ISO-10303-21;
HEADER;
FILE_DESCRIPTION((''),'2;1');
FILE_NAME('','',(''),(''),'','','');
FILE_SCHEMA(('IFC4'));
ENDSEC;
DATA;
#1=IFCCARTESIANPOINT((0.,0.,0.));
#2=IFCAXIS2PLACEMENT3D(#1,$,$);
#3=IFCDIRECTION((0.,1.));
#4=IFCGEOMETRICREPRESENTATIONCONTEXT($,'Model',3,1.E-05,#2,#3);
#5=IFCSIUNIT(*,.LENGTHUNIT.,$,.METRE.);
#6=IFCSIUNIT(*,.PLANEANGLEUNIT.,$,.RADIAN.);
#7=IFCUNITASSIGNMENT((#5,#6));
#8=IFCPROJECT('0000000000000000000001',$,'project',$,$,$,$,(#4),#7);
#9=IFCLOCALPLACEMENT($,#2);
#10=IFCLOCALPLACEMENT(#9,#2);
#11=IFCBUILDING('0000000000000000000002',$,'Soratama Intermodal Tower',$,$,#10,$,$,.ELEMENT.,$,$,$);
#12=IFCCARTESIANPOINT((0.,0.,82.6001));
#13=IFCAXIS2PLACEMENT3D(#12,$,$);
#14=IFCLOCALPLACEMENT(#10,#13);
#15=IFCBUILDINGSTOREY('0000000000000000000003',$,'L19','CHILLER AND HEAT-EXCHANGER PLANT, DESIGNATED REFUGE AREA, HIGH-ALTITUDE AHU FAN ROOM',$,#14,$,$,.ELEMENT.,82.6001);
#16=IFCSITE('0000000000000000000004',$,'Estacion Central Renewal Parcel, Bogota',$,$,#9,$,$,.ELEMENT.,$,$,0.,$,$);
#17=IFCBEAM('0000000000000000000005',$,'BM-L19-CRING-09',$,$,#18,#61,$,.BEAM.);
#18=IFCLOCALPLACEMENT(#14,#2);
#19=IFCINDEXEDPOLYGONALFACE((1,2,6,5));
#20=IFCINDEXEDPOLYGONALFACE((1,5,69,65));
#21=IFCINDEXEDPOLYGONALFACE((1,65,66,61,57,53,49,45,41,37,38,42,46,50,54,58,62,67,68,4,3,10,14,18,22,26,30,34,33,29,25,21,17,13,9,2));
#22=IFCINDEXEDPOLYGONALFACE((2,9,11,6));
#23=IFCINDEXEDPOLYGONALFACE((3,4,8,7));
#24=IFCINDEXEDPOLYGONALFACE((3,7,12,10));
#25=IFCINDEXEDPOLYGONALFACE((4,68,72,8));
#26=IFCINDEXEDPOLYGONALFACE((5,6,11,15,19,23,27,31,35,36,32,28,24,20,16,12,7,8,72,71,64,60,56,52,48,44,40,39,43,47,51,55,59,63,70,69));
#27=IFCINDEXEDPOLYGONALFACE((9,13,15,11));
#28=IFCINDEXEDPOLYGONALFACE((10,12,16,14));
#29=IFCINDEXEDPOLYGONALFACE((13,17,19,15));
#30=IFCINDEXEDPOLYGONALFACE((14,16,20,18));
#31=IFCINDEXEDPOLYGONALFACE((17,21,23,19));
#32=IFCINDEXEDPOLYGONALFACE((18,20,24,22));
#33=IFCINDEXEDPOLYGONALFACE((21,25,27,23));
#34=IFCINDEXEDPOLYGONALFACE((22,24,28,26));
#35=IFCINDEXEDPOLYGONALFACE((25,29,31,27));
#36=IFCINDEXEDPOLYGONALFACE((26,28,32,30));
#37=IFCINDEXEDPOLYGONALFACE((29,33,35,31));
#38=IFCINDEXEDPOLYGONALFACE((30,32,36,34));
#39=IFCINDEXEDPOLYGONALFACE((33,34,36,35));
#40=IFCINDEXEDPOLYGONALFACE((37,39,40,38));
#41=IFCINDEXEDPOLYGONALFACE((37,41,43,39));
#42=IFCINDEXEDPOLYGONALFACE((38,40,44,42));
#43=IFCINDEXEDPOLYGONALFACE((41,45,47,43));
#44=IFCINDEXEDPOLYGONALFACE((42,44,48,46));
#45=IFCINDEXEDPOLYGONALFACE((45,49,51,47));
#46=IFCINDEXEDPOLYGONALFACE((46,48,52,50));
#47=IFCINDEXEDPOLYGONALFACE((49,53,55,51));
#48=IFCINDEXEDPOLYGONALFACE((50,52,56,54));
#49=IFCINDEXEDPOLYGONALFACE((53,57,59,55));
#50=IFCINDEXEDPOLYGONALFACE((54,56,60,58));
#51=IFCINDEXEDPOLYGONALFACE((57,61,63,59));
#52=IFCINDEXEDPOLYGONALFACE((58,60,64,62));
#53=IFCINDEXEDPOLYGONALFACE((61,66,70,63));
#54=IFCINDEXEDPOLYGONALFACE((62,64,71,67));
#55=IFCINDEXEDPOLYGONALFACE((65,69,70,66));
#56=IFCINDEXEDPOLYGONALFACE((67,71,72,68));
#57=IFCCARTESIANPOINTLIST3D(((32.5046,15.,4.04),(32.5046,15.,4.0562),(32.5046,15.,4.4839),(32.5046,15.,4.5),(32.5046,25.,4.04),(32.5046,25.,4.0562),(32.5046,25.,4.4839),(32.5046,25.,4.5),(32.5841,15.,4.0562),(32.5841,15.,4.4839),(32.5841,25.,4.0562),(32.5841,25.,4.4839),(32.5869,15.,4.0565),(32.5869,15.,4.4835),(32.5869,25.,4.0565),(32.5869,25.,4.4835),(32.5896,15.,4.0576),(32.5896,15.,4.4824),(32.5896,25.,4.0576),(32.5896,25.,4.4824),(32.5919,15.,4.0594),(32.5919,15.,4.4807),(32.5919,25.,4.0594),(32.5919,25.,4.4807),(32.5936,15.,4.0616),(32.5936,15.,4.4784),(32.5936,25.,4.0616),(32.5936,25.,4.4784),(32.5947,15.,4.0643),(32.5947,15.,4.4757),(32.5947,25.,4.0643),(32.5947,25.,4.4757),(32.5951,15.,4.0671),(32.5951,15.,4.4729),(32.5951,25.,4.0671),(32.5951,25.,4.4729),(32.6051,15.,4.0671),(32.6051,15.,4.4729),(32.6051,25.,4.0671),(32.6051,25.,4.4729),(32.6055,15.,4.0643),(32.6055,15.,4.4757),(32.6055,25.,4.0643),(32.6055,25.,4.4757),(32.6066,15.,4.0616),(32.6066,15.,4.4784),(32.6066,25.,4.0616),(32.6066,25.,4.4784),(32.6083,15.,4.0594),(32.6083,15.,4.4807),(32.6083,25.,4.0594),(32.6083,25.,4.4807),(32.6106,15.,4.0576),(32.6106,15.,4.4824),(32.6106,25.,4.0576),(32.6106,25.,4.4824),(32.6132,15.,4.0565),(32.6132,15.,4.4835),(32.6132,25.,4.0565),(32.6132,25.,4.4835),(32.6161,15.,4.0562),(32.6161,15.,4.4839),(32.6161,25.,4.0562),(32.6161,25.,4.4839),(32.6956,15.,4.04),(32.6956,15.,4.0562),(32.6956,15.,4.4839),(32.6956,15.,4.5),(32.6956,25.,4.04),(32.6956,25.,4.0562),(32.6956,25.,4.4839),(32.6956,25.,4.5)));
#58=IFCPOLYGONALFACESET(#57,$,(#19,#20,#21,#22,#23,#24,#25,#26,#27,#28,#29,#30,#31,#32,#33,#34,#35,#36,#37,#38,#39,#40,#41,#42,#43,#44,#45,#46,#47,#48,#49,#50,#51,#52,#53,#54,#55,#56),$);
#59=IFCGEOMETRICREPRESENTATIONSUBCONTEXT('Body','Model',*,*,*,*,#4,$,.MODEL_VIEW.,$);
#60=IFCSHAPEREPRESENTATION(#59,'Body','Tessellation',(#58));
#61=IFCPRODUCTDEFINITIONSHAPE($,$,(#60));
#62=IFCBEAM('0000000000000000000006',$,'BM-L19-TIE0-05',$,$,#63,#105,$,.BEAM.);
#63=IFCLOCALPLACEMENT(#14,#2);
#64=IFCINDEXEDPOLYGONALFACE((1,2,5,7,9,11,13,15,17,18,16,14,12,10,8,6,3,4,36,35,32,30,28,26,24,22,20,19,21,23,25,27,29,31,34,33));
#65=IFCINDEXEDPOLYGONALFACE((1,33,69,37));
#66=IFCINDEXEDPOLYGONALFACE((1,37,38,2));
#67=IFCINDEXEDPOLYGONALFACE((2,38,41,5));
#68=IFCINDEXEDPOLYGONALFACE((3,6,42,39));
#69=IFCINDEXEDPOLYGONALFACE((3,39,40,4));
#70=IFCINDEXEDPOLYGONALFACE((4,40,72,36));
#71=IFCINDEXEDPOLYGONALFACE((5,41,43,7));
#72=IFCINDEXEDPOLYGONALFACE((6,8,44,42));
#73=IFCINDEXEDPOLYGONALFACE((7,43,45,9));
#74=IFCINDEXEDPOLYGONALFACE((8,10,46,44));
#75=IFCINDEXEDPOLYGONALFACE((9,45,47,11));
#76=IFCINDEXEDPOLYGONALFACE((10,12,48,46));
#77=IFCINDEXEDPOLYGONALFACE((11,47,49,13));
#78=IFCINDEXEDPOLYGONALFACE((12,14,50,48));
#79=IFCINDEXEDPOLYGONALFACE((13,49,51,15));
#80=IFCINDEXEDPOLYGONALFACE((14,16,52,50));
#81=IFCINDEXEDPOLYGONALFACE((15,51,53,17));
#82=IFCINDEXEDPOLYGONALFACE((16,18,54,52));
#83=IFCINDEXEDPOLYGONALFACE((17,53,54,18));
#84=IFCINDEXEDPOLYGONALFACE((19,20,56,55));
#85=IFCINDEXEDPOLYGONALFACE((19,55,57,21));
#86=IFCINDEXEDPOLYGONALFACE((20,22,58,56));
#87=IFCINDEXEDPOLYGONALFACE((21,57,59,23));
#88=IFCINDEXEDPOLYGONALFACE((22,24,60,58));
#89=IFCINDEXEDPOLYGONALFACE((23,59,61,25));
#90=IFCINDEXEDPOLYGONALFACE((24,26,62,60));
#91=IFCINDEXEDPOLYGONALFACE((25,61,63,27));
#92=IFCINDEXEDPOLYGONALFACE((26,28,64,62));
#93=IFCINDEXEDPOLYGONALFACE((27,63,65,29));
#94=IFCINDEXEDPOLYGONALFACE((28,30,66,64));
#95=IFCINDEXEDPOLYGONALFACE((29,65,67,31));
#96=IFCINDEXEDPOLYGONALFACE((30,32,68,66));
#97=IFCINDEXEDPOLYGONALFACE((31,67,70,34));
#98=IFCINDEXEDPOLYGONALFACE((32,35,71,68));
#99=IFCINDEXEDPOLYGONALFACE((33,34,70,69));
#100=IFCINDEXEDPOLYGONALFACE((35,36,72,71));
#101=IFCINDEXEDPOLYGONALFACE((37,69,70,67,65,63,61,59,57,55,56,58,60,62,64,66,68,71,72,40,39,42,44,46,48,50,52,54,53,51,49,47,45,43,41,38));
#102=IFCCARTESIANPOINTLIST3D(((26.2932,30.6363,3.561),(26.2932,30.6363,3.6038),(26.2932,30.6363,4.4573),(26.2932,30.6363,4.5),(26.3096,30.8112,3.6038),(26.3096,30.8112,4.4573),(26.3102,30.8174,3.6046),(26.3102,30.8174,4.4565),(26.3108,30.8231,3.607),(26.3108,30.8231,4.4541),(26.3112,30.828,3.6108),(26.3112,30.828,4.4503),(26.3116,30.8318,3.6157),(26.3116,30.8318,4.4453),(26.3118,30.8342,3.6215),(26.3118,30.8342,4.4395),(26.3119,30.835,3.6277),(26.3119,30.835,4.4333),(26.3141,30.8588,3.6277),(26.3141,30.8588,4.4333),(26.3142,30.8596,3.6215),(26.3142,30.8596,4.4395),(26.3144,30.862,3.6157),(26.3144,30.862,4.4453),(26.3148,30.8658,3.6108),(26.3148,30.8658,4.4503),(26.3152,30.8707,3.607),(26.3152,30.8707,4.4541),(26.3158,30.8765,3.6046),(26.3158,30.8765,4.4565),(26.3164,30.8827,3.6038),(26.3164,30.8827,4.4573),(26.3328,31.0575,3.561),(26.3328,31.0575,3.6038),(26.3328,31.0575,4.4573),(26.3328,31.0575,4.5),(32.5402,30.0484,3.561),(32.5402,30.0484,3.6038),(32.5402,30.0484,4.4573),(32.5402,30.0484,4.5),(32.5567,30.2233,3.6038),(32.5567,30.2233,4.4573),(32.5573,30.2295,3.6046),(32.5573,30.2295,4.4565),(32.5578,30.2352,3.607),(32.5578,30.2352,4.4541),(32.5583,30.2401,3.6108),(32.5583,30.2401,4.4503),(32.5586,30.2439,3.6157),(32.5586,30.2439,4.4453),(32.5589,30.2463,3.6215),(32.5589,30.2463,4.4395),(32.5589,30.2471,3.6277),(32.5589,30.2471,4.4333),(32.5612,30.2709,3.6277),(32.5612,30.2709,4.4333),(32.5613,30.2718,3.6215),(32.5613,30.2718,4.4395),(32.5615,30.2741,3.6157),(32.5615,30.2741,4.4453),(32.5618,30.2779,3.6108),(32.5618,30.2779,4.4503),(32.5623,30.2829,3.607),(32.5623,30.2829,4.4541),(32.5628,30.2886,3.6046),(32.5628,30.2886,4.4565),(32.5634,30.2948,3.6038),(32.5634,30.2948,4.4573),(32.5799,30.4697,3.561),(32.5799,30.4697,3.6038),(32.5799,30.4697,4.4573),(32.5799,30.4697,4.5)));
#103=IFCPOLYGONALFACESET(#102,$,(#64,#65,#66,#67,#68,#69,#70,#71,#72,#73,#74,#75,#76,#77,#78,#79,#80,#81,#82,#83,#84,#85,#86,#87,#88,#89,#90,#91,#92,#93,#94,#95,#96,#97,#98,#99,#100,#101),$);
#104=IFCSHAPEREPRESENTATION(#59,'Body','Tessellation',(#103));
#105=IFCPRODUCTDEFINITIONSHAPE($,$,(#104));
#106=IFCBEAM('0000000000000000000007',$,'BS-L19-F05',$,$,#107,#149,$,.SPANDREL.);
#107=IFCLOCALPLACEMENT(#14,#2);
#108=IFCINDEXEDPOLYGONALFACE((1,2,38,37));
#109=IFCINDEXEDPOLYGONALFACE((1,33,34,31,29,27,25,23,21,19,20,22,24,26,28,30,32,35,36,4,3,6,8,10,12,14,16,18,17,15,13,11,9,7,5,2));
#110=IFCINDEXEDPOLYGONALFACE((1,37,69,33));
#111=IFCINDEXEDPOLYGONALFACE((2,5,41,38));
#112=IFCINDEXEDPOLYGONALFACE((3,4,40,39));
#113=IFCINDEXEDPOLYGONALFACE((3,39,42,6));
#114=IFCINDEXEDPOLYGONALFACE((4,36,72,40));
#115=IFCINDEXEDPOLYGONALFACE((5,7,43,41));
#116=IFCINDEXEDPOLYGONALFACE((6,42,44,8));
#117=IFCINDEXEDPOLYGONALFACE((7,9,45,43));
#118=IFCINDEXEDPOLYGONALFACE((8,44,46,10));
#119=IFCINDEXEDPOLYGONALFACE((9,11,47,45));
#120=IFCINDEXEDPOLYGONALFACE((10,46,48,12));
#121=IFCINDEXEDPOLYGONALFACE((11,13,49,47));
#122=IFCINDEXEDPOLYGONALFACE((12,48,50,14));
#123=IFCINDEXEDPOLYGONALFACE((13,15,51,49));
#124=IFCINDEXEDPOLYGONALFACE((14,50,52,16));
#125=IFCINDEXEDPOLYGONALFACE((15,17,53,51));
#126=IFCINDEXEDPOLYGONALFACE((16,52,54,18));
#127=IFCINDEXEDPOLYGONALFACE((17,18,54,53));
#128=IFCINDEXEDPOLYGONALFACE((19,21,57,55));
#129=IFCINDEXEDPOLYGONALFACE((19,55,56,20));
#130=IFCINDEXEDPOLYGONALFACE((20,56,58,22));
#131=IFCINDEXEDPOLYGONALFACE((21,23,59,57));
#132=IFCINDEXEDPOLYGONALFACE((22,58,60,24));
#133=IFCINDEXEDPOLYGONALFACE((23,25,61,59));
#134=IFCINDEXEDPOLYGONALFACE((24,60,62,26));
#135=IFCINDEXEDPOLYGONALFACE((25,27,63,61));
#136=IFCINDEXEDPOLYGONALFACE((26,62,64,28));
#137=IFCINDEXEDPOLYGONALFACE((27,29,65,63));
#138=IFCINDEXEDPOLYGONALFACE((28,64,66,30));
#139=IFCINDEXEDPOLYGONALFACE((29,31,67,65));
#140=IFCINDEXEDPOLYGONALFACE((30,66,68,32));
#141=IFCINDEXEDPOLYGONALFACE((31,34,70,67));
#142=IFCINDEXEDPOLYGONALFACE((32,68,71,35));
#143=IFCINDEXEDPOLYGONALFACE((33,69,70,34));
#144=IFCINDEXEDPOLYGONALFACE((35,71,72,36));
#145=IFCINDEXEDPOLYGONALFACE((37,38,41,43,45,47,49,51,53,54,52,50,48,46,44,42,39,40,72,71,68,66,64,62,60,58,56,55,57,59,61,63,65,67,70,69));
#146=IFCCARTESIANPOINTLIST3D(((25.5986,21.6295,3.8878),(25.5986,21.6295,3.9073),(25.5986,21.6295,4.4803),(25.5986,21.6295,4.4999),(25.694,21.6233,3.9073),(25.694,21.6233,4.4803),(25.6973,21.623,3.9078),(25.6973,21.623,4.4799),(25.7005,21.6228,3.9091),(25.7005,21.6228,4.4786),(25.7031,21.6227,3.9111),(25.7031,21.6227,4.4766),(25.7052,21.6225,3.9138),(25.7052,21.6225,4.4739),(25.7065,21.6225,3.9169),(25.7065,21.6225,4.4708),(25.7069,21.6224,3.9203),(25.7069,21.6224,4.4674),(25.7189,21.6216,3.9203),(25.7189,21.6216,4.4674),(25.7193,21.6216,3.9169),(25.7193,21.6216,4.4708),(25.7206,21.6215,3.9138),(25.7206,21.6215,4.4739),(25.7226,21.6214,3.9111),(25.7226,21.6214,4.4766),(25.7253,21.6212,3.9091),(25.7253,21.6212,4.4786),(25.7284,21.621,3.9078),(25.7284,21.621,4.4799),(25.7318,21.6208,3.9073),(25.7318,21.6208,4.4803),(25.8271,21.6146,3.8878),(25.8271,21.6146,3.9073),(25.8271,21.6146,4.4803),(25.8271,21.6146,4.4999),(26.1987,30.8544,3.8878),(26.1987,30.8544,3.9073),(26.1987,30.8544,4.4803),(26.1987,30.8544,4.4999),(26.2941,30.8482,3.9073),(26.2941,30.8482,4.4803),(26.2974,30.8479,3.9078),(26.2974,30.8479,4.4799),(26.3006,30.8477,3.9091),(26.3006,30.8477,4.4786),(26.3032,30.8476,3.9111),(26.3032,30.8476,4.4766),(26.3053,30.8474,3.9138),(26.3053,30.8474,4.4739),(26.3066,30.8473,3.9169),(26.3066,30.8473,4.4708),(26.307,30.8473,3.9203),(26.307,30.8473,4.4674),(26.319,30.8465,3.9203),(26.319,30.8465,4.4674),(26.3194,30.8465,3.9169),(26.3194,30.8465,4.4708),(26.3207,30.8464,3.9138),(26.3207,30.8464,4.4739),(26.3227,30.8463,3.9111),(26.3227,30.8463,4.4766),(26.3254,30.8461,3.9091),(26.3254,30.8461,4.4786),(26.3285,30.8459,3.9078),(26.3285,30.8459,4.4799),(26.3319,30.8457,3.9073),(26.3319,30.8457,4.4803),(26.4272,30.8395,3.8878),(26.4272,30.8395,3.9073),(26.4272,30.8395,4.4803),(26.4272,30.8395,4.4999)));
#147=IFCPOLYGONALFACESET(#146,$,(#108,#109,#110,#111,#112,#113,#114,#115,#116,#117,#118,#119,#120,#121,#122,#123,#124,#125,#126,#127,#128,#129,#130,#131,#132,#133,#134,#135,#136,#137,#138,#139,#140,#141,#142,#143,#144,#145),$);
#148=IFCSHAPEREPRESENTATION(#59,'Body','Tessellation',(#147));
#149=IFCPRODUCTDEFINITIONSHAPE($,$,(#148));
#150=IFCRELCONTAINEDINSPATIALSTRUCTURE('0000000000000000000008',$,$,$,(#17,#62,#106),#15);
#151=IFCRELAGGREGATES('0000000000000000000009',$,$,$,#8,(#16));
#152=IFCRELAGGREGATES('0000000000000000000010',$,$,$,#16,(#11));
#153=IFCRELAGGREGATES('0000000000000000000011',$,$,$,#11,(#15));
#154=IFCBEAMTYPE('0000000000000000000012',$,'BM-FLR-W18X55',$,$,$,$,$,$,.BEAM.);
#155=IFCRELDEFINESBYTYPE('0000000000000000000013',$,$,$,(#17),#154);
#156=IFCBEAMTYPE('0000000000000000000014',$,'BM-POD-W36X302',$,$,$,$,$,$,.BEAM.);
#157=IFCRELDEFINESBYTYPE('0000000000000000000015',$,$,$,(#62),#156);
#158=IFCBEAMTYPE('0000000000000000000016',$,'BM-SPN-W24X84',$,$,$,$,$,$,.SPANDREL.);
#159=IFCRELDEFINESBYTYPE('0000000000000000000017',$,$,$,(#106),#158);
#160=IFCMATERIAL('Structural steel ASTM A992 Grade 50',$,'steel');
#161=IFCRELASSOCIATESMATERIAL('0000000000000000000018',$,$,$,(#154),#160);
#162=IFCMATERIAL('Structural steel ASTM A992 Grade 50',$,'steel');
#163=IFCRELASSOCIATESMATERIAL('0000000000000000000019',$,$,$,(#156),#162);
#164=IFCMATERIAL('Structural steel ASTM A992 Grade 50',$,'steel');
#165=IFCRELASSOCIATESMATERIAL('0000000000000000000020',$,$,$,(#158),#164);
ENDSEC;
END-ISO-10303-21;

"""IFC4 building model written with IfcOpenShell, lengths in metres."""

from ifc_helpers import new_model, si_unit, direction, frame, origin, origin_2d, place, context, subcontext, project, spatial, i_section, extrude, material, material_profile, profile_set, type_object, element, save


model = new_model("IFC4")

# Units and contexts
model_context = context("Model", 3, precision=1e-05, world=origin(), true_north=direction((0.0, 1.0)))
body_context = subcontext(model_context, "Body", "Model", "MODEL_VIEW")
ifc_project = project(units=[si_unit("LENGTHUNIT", "METRE"), si_unit("PLANEANGLEUNIT", "RADIAN")], contexts=[model_context])

# Site, building, storey
site_placement = place(None, origin())
site = spatial("IfcSite", under=ifc_project, at=site_placement, Name="Estacion Central Renewal Parcel, Bogota", CompositionType="ELEMENT", RefElevation=0.0)
building_placement = place(site_placement, origin())
building = spatial("IfcBuilding", under=site, at=building_placement, Name="Soratama Intermodal Tower", CompositionType="ELEMENT")
storey_placement = place(building_placement, frame((0.0, 0.0, 82.6001)))
storey = spatial("IfcBuildingStorey", under=building, at=storey_placement, Name="L19", Description="CHILLER AND HEAT-EXCHANGER PLANT, DESIGNATED REFUGE AREA, HIGH-ALTITUDE AHU FAN ROOM", CompositionType="ELEMENT", Elevation=82.6001)

# Beams
ifc_material_1 = material(Name="Structural steel ASTM A992 Grade 50", Category="steel")
ifc_material_profile_1 = material_profile(ifc_material_1, i_section(OverallWidth=0.1909, OverallDepth=0.46, WebThickness=0.01, FlangeThickness=0.0161, FilletRadius=0.011, at=origin_2d()), Name="W18X55")
ifc_profile_set_1 = profile_set([ifc_material_profile_1], Name="Structural steel ASTM A992 Grade 50")
beam_type_1 = type_object("IfcBeamType", Name="BM-FLR-W18X55", PredefinedType="BEAM", material=ifc_profile_set_1)
beam_1_placement = place(storey_placement, frame((32.6001, 25.0, 4.27), z_axis=(0.0, -1.0, 0.0), x_axis=(1.0, 0.0, 0.0)))
element("IfcBeam", 1, at=beam_1_placement, inside=storey, type_object=beam_type_1, Name="BM-L19-CRING-09", PredefinedType="BEAM", context=body_context, shape_type="SweptSolid", body=[
    extrude(i_section(OverallWidth=0.1909, OverallDepth=0.46, WebThickness=0.01, FlangeThickness=0.0161, FilletRadius=0.011, at=origin_2d()), origin(), (0.0, 0.0, 1.0), 10.0),
])
ifc_material_2 = material(Name="Structural steel ASTM A992 Grade 50", Category="steel")
ifc_material_profile_2 = material_profile(ifc_material_2, i_section(OverallWidth=0.4231, OverallDepth=0.939, WebThickness=0.0239, FlangeThickness=0.0427, FilletRadius=0.0239, at=origin_2d()), Name="W36X302")
ifc_profile_set_2 = profile_set([ifc_material_profile_2], Name="Structural steel ASTM A992 Grade 50")
beam_type_2 = type_object("IfcBeamType", Name="BM-POD-W36X302", PredefinedType="BEAM", material=ifc_profile_set_2)
beam_2_placement = place(storey_placement, frame((32.5601, 30.259, 4.0305), z_axis=(-0.995601, 0.093693, 0.0), x_axis=(-0.093693, -0.995601, 0.0)))
element("IfcBeam", 2, at=beam_2_placement, inside=storey, type_object=beam_type_2, Name="BM-L19-TIE0-05", PredefinedType="BEAM", context=body_context, shape_type="SweptSolid", body=[
    extrude(i_section(OverallWidth=0.4231, OverallDepth=0.939, WebThickness=0.0239, FlangeThickness=0.0427, FilletRadius=0.0239, at=origin_2d()), origin(), (0.0, 0.0, 1.0), 6.2747),
])
ifc_material_3 = material(Name="Structural steel ASTM A992 Grade 50", Category="steel")
ifc_material_profile_3 = material_profile(ifc_material_3, i_section(OverallWidth=0.229, OverallDepth=0.6121, WebThickness=0.012, FlangeThickness=0.0195, FilletRadius=0.0129, at=origin_2d()), Name="W24X84")
ifc_profile_set_3 = profile_set([ifc_material_profile_3], Name="Structural steel ASTM A992 Grade 50")
beam_type_3 = type_object("IfcBeamType", Name="BM-SPN-W24X84", PredefinedType="SPANDREL", material=ifc_profile_set_3)
beam_3_placement = place(storey_placement, frame((26.313, 30.8469, 4.1938), z_axis=(-0.064915, -0.997891, 0.0), x_axis=(0.997891, -0.064915, 0.0)))
element("IfcBeam", 3, at=beam_3_placement, inside=storey, type_object=beam_type_3, Name="BS-L19-F05", PredefinedType="SPANDREL", context=body_context, shape_type="SweptSolid", body=[
    extrude(i_section(OverallWidth=0.229, OverallDepth=0.6121, WebThickness=0.012, FlangeThickness=0.0195, FilletRadius=0.0129, at=origin_2d()), origin(), (0.0, 0.0, 1.0), 9.2444),
])

save(model, "model.ifc")
